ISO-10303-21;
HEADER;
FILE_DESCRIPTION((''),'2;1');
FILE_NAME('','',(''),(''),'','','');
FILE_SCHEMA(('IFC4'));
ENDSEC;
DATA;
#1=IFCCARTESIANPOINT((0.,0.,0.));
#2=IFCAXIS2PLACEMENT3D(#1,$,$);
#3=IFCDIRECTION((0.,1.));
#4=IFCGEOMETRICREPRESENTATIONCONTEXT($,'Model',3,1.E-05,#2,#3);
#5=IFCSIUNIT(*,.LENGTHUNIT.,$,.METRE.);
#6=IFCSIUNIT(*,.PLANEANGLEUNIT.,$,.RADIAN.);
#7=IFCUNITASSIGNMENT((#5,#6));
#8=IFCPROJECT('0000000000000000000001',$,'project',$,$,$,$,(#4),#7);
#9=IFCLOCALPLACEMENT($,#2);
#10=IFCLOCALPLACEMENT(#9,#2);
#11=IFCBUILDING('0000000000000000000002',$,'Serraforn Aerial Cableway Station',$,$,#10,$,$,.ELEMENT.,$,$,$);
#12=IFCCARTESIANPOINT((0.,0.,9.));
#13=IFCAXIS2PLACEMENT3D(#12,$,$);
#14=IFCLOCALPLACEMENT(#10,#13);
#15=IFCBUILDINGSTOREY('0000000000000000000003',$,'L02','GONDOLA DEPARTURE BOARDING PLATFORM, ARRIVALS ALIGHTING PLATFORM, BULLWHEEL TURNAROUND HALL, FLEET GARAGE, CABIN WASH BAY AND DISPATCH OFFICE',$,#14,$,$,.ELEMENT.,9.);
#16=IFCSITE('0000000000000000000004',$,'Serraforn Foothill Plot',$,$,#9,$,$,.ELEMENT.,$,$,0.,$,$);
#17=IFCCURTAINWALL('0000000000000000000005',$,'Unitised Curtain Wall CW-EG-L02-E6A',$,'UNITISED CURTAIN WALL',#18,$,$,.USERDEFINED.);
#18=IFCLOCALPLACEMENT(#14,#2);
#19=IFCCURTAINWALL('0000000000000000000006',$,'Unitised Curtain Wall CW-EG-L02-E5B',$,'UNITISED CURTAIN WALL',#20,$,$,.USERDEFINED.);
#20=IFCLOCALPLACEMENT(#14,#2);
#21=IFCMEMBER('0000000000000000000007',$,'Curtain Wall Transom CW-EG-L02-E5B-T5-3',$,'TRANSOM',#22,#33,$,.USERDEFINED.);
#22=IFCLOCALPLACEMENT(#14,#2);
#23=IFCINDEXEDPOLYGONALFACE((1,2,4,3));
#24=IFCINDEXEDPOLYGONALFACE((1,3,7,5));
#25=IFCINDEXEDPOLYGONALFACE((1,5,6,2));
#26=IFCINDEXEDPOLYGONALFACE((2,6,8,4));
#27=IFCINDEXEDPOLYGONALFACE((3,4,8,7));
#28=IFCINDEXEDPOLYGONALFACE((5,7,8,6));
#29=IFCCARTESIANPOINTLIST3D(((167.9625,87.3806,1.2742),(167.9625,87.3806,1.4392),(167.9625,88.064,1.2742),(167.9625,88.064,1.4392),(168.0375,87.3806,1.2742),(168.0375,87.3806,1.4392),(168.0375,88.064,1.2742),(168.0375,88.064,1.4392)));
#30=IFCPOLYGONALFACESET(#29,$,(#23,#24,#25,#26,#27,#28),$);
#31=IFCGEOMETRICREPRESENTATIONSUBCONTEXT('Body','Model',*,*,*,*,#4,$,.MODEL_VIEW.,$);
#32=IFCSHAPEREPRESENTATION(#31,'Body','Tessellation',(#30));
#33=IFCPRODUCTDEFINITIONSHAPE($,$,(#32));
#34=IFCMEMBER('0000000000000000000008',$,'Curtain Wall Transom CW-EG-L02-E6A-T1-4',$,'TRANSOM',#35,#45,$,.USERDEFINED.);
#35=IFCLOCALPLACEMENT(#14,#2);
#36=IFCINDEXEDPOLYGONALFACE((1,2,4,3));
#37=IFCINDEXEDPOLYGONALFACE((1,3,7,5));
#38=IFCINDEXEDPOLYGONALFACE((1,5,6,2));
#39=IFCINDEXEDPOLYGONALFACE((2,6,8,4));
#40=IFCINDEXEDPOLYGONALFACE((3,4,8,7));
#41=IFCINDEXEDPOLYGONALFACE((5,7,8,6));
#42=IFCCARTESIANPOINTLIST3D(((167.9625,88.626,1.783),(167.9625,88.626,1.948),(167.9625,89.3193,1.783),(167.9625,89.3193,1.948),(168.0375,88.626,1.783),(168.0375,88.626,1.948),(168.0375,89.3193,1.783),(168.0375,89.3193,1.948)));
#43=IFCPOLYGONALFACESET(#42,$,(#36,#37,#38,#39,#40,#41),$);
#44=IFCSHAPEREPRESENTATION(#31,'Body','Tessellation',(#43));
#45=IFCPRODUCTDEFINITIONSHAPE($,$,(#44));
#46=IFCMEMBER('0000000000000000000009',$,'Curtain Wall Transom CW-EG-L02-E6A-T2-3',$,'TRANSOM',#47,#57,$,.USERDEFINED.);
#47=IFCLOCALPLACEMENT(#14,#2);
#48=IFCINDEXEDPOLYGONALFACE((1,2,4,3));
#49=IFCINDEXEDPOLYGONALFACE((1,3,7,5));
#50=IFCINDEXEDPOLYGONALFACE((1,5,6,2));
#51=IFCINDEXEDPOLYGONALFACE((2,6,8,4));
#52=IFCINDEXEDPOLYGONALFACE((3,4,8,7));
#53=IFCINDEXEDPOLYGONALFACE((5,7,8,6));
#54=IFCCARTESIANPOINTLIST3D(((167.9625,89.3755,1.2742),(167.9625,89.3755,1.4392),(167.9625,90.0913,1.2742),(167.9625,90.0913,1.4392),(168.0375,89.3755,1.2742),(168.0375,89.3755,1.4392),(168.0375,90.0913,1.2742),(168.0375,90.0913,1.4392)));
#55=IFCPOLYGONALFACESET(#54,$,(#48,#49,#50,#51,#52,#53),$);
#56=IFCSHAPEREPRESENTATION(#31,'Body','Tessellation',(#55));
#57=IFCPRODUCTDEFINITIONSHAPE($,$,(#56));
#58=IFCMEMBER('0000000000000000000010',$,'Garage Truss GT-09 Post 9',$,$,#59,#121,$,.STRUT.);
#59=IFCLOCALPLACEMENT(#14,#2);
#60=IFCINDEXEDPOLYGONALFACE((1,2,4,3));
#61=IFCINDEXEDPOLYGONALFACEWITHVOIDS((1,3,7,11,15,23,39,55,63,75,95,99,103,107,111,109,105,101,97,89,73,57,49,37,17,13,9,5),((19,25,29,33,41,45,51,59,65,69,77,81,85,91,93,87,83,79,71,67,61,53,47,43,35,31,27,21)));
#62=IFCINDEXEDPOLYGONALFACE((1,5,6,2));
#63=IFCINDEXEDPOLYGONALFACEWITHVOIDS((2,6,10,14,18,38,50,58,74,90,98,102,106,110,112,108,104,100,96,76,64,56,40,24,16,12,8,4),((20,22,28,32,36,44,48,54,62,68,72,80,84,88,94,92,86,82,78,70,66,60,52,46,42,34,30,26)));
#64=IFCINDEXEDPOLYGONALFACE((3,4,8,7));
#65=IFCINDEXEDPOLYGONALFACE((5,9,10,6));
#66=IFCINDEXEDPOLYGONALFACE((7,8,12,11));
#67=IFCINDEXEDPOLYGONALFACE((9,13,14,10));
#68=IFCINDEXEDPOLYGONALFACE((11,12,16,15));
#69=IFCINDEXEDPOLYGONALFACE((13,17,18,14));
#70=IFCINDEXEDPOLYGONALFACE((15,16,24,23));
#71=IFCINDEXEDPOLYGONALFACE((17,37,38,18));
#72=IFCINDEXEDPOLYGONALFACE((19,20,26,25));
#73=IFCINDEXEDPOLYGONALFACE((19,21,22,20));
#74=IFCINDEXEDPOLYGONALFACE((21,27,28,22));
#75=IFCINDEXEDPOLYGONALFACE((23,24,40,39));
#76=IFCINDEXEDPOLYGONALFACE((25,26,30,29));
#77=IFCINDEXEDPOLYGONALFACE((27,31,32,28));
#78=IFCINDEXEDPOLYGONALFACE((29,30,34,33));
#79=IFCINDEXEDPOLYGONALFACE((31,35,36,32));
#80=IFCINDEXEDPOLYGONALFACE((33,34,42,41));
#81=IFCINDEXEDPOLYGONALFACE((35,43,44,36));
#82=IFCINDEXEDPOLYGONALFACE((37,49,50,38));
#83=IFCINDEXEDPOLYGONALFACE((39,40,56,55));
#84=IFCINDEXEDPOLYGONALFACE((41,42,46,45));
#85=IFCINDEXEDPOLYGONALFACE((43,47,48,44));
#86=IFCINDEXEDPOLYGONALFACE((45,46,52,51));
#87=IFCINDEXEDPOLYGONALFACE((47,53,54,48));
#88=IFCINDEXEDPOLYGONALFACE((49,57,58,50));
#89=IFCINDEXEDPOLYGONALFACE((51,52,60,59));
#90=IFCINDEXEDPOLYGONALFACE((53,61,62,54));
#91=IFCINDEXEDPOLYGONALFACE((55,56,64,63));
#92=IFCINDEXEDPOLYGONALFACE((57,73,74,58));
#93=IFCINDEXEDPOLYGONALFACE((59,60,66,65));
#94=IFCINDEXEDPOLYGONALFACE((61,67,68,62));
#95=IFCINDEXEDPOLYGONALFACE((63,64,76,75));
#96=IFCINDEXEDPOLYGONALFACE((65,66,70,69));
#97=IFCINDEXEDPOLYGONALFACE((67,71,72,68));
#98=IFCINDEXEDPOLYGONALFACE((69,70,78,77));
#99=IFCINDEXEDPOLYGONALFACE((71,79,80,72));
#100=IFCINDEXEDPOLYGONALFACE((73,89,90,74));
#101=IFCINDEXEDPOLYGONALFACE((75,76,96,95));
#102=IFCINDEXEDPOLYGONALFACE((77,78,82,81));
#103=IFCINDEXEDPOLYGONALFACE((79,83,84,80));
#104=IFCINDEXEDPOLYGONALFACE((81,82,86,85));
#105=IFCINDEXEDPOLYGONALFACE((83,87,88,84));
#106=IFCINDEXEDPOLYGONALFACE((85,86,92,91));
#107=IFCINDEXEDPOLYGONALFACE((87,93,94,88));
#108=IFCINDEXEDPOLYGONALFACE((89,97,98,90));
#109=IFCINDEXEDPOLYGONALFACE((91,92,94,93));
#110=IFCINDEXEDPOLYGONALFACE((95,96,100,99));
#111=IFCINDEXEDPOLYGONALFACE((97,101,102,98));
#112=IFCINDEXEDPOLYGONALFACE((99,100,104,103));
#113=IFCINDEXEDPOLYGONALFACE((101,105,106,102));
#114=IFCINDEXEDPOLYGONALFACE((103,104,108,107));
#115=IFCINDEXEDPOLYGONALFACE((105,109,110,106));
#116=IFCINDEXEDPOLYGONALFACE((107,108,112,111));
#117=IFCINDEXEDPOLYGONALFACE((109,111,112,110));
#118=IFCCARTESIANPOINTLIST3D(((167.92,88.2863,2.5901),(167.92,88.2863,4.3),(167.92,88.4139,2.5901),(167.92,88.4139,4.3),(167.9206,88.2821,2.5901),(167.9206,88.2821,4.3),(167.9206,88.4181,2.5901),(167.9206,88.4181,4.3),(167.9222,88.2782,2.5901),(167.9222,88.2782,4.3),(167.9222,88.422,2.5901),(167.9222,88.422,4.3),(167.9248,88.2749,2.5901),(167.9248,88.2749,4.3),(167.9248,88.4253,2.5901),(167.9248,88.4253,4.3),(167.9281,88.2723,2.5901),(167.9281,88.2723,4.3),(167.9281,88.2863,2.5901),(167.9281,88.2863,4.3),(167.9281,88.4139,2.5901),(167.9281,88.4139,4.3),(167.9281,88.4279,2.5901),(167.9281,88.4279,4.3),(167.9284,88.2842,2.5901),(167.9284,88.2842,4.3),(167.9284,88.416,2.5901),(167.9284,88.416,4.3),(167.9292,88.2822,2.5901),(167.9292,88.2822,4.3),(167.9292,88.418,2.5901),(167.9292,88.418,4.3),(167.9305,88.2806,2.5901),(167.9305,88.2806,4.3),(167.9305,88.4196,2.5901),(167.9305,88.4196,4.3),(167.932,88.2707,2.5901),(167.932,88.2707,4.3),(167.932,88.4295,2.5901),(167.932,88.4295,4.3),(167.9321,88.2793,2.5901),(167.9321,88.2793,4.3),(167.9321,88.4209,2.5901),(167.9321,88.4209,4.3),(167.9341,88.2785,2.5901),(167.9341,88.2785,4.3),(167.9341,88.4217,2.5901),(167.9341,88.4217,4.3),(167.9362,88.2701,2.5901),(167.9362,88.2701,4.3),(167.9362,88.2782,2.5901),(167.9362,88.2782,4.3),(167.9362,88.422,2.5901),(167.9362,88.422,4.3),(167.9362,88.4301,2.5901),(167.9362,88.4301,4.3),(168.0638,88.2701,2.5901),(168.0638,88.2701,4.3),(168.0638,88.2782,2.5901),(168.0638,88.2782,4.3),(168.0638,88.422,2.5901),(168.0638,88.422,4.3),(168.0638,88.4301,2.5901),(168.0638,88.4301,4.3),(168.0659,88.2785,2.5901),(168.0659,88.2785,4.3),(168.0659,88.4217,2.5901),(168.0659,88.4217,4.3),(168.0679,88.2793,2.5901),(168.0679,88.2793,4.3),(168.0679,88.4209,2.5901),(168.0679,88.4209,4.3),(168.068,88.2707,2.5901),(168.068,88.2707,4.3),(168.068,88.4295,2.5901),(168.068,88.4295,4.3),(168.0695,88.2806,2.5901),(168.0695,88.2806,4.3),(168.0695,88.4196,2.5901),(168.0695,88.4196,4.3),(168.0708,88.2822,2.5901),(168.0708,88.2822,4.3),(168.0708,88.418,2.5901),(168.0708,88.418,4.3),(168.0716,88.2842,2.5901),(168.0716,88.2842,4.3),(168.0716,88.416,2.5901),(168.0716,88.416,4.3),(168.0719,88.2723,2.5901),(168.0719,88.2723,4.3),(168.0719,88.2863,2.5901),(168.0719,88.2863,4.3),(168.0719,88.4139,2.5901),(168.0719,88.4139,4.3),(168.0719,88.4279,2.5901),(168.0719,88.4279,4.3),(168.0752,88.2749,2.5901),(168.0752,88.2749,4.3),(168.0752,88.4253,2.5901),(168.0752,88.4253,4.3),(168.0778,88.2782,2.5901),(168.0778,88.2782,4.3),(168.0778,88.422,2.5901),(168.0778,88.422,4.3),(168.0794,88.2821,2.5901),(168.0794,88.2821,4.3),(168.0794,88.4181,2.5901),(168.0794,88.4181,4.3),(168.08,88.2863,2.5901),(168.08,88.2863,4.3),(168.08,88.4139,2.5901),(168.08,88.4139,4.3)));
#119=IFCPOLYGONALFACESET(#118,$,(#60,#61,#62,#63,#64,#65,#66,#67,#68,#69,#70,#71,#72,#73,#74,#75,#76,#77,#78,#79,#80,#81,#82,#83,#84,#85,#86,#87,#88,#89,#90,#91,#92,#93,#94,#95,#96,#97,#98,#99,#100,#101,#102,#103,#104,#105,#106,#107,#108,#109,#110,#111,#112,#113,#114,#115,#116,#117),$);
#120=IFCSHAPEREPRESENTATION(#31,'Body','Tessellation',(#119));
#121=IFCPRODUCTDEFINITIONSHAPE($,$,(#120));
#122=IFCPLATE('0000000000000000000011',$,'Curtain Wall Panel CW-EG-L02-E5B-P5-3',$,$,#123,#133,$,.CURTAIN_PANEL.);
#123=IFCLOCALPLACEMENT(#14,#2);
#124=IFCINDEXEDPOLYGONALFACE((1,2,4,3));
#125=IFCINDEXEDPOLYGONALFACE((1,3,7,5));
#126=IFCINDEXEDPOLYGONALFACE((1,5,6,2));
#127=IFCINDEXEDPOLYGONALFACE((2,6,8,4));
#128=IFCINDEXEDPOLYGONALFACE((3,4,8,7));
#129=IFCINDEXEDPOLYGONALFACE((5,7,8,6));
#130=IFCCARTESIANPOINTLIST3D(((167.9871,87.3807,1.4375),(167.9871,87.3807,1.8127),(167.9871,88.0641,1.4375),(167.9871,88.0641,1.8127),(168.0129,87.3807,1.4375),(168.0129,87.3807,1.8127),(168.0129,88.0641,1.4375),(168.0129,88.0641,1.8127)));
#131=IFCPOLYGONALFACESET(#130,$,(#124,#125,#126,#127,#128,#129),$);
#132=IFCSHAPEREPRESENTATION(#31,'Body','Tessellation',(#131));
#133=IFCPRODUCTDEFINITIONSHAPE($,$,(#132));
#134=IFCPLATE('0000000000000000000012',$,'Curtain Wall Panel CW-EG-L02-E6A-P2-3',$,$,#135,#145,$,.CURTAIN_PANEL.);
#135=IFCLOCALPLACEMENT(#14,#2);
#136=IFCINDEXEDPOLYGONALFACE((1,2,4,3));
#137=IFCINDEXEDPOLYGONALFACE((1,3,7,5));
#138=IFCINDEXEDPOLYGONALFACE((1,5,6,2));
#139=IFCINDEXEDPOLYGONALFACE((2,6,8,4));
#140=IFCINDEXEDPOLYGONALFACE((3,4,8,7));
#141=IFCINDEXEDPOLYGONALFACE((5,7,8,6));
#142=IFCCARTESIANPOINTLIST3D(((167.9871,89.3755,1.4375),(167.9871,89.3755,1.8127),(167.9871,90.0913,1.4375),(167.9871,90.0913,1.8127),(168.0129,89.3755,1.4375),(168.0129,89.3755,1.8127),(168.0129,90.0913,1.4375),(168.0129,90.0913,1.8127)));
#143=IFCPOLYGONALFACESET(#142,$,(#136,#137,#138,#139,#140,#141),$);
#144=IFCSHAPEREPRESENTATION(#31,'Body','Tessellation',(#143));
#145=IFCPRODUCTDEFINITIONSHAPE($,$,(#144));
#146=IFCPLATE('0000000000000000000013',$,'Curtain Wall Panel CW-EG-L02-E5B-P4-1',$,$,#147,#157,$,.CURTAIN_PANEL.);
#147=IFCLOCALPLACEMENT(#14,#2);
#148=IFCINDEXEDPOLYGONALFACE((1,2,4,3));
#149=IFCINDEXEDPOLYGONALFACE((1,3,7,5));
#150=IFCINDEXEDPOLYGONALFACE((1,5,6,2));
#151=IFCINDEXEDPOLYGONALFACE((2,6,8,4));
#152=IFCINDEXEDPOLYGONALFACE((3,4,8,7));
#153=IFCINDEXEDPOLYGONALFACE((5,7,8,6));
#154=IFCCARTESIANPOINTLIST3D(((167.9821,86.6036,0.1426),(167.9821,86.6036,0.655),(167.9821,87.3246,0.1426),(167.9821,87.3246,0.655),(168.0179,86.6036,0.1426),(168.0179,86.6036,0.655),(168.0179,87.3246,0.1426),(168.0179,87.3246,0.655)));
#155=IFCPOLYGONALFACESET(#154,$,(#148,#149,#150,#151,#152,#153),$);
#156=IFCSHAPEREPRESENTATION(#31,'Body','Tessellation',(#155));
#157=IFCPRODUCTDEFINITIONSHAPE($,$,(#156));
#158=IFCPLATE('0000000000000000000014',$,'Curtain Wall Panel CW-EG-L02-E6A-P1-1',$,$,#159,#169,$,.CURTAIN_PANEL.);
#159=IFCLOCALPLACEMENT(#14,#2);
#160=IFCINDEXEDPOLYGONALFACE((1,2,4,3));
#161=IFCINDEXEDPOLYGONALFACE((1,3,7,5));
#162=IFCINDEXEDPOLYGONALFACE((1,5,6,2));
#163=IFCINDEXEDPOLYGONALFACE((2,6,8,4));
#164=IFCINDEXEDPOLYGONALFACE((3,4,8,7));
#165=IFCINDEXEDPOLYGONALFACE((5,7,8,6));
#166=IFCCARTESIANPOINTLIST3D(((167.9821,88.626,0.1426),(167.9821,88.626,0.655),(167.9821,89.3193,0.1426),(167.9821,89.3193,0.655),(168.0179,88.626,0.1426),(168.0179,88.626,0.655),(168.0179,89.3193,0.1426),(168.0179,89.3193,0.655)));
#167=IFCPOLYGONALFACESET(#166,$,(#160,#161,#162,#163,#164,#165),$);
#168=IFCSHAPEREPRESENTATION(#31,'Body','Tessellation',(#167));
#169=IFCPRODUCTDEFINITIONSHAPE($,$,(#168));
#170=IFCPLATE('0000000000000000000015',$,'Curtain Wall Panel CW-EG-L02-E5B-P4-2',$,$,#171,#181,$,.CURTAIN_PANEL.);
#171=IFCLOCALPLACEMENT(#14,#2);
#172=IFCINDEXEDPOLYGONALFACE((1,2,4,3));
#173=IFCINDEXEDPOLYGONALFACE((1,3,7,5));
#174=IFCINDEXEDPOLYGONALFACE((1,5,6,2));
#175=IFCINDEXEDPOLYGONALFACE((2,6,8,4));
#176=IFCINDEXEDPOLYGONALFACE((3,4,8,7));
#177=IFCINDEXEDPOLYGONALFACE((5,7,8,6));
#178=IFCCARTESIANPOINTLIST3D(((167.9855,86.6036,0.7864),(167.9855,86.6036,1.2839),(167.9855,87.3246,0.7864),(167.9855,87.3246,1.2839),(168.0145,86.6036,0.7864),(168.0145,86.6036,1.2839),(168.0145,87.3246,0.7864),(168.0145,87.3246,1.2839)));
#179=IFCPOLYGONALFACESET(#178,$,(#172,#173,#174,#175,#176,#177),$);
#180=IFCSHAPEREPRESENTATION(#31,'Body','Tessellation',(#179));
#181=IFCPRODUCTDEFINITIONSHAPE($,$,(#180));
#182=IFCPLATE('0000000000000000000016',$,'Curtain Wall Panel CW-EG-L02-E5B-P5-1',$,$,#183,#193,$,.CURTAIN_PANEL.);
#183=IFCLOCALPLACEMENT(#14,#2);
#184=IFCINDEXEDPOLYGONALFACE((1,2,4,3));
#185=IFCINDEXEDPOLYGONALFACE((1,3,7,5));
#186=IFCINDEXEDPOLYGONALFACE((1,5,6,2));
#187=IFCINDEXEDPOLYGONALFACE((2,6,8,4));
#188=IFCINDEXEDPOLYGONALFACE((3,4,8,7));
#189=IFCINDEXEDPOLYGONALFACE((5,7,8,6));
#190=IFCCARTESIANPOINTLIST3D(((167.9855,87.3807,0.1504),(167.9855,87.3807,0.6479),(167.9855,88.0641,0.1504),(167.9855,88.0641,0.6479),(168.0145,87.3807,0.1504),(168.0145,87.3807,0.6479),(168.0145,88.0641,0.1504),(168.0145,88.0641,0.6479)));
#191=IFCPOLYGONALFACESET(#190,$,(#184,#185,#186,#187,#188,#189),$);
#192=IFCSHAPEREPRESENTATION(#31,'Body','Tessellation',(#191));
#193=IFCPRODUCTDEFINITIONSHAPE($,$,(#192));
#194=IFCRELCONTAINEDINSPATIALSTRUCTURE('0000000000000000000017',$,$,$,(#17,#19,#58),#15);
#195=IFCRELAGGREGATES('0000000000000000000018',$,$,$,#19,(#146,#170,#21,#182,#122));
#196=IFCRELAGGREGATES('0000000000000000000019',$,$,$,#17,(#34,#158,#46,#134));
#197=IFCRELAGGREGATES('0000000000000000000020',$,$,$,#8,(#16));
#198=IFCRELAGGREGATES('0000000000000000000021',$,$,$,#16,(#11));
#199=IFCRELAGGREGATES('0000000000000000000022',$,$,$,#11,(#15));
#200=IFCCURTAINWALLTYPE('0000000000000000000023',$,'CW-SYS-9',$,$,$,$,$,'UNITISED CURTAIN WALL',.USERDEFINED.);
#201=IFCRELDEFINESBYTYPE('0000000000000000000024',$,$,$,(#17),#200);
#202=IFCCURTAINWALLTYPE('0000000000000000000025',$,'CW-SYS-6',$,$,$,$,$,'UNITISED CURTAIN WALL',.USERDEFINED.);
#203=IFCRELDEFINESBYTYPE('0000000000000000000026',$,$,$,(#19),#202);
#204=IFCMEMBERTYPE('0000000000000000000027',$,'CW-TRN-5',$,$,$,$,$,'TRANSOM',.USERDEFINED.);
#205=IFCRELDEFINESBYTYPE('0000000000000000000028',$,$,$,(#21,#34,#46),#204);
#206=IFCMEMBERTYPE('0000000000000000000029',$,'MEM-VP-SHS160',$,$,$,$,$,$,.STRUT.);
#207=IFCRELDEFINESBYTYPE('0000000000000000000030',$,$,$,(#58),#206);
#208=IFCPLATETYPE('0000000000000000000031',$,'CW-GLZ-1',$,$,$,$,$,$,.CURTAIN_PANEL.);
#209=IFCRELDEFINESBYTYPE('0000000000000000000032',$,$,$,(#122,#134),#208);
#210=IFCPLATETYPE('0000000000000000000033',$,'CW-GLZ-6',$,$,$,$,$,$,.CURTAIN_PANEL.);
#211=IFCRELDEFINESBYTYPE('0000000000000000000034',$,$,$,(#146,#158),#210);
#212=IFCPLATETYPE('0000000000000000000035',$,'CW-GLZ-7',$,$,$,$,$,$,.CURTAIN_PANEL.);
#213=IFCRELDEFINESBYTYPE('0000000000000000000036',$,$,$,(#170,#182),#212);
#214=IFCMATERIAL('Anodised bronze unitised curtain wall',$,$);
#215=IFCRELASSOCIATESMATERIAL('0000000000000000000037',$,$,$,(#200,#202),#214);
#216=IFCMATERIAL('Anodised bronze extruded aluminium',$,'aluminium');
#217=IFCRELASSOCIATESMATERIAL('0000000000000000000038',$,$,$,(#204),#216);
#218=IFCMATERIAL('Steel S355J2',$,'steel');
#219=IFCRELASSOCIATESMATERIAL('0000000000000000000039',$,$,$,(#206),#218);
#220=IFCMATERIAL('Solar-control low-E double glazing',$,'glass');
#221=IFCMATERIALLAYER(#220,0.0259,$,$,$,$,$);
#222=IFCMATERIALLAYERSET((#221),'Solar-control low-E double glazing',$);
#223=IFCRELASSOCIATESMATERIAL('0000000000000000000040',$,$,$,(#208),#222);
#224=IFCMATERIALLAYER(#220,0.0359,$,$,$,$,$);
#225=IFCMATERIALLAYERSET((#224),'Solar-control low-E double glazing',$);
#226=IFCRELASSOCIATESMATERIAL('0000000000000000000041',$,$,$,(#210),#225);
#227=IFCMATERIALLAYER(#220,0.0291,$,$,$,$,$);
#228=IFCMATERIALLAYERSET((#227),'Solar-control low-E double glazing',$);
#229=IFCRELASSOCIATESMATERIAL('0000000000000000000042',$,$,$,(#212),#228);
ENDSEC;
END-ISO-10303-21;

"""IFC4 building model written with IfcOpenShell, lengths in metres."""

from ifc_helpers import new_model, si_unit, direction, frame, origin, origin_2d, place, context, subcontext, project, spatial, rectangle, hollow_rectangle, extrude, material, layer, layer_set, material_profile, profile_set, type_object, element, aggregate, save


model = new_model("IFC4")

# Units and contexts
model_context = context("Model", 3, precision=1e-05, world=origin(), true_north=direction((0.0, 1.0)))
body_context = subcontext(model_context, "Body", "Model", "MODEL_VIEW")
ifc_project = project(units=[si_unit("LENGTHUNIT", "METRE"), si_unit("PLANEANGLEUNIT", "RADIAN")], contexts=[model_context])

# Site, building, storey
site_placement = place(None, origin())
site = spatial("IfcSite", under=ifc_project, at=site_placement, Name="Serraforn Foothill Plot", CompositionType="ELEMENT", RefElevation=0.0)
building_placement = place(site_placement, origin())
building = spatial("IfcBuilding", under=site, at=building_placement, Name="Serraforn Aerial Cableway Station", CompositionType="ELEMENT")
storey_placement = place(building_placement, frame((0.0, 0.0, 9.0)))
storey = spatial("IfcBuildingStorey", under=building, at=storey_placement, Name="L02", Description="GONDOLA DEPARTURE BOARDING PLATFORM, ARRIVALS ALIGHTING PLATFORM, BULLWHEEL TURNAROUND HALL, FLEET GARAGE, CABIN WASH BAY AND DISPATCH OFFICE", CompositionType="ELEMENT", Elevation=9.0)

# Shared definitions
ifc_material_1 = material(Name="Steel S355J2", Category="steel")

# Curtain walls
ifc_material_2 = material(Name="Anodised bronze unitised curtain wall")
curtain_wall_type_1 = type_object("IfcCurtainWallType", Name="CW-SYS-9", ElementType="UNITISED CURTAIN WALL", PredefinedType="USERDEFINED", material=ifc_material_2)
curtain_wall_1_placement = place(storey_placement, origin())
curtain_wall_1 = element("IfcCurtainWall", 1, at=curtain_wall_1_placement, inside=storey, type_object=curtain_wall_type_1, Name="Unitised Curtain Wall CW-EG-L02-E6A", ObjectType="UNITISED CURTAIN WALL", PredefinedType="USERDEFINED")
ifc_material_3 = material(Name="Anodised bronze extruded aluminium", Category="aluminium")
curtain_wall_type_2 = type_object("IfcCurtainWallType", Name="CW-SYS-6", ElementType="UNITISED CURTAIN WALL", PredefinedType="USERDEFINED", material=ifc_material_2)
curtain_wall_2_placement = place(storey_placement, origin())
curtain_wall_2 = element("IfcCurtainWall", 2, at=curtain_wall_2_placement, inside=storey, type_object=curtain_wall_type_2, Name="Unitised Curtain Wall CW-EG-L02-E5B", ObjectType="UNITISED CURTAIN WALL", PredefinedType="USERDEFINED")

# Members
ifc_material_profile_1 = material_profile(ifc_material_3, rectangle(XDim=0.075, YDim=0.165, at=origin_2d()), Name="CW TRANSOM 75x165")
ifc_profile_set_1 = profile_set([ifc_material_profile_1], Name="Anodised bronze extruded aluminium")
member_type_1 = type_object("IfcMemberType", Name="CW-TRN-5", ElementType="TRANSOM", PredefinedType="USERDEFINED", material=ifc_profile_set_1)
member_1_placement = place(storey_placement, frame((168.0, 87.3806, 1.3567), z_axis=(0.0, 1.0, 0.0), x_axis=(-1.0, 0.0, 0.0)))
member_1 = element("IfcMember", 3, at=member_1_placement, type_object=member_type_1, Name="Curtain Wall Transom CW-EG-L02-E5B-T5-3", ObjectType="TRANSOM", PredefinedType="USERDEFINED", context=body_context, shape_type="SweptSolid", body=[
    extrude(rectangle(XDim=0.075, YDim=0.165, at=origin_2d()), origin(), (0.0, 0.0, 1.0), 0.6833),
])
member_2_placement = place(storey_placement, frame((168.0, 88.626, 1.8655), z_axis=(0.0, 1.0, 0.0), x_axis=(-1.0, 0.0, 0.0)))
member_2 = element("IfcMember", 4, at=member_2_placement, type_object=member_type_1, Name="Curtain Wall Transom CW-EG-L02-E6A-T1-4", ObjectType="TRANSOM", PredefinedType="USERDEFINED", context=body_context, shape_type="SweptSolid", body=[
    extrude(rectangle(XDim=0.075, YDim=0.165, at=origin_2d()), origin(), (0.0, 0.0, 1.0), 0.6934),
])
member_3_placement = place(storey_placement, frame((168.0, 89.3755, 1.3567), z_axis=(0.0, 1.0, 0.0), x_axis=(-1.0, 0.0, 0.0)))
member_3 = element("IfcMember", 5, at=member_3_placement, type_object=member_type_1, Name="Curtain Wall Transom CW-EG-L02-E6A-T2-3", ObjectType="TRANSOM", PredefinedType="USERDEFINED", context=body_context, shape_type="SweptSolid", body=[
    extrude(rectangle(XDim=0.075, YDim=0.165, at=origin_2d()), origin(), (0.0, 0.0, 1.0), 0.7158),
])
ifc_material_profile_2 = material_profile(ifc_material_1, hollow_rectangle(XDim=0.1599, YDim=0.1599, WallThickness=0.0081, InnerFilletRadius=0.0081, OuterFilletRadius=0.0161, at=origin_2d()), Name="SHS 160x160x8.0")
ifc_profile_set_2 = profile_set([ifc_material_profile_2], Name="Steel S355J2")
member_type_2 = type_object("IfcMemberType", Name="MEM-VP-SHS160", PredefinedType="STRUT", material=ifc_profile_set_2)
member_4_placement = place(storey_placement, frame((168.0, 88.3501, 2.5901), z_axis=(0.0, 0.0, 1.0), x_axis=(1.0, 0.0, 0.0)))
element("IfcMember", 6, at=member_4_placement, inside=storey, type_object=member_type_2, Name="Garage Truss GT-09 Post 9", PredefinedType="STRUT", context=body_context, shape_type="SweptSolid", body=[
    extrude(hollow_rectangle(XDim=0.1599, YDim=0.1599, WallThickness=0.0081, InnerFilletRadius=0.0081, OuterFilletRadius=0.0161, at=origin_2d()), origin(), (0.0, 0.0, 1.0), 1.71),
])

# Plates
ifc_material_4 = material(Name="Solar-control low-E double glazing", Category="glass")
ifc_layer_1 = layer(ifc_material_4, 0.0259)
ifc_layer_set_1 = layer_set([ifc_layer_1], Name="Solar-control low-E double glazing")
plate_type_1 = type_object("IfcPlateType", Name="CW-GLZ-1", PredefinedType="CURTAIN_PANEL", material=ifc_layer_set_1)
plate_1_placement = place(storey_placement, frame((168.0, 87.7224, 1.4375), z_axis=(0.0, 0.0, 1.0), x_axis=(1.0, 0.0, 0.0)))
plate_1 = element("IfcPlate", 7, at=plate_1_placement, type_object=plate_type_1, Name="Curtain Wall Panel CW-EG-L02-E5B-P5-3", PredefinedType="CURTAIN_PANEL", context=body_context, shape_type="SweptSolid", body=[
    extrude(rectangle(XDim=0.0259, YDim=0.6833, at=origin_2d()), origin(), (0.0, 0.0, 1.0), 0.3752),
])
plate_2_placement = place(storey_placement, frame((168.0, 89.7334, 1.4375), z_axis=(0.0, 0.0, 1.0), x_axis=(1.0, 0.0, 0.0)))
plate_2 = element("IfcPlate", 8, at=plate_2_placement, type_object=plate_type_1, Name="Curtain Wall Panel CW-EG-L02-E6A-P2-3", PredefinedType="CURTAIN_PANEL", context=body_context, shape_type="SweptSolid", body=[
    extrude(rectangle(XDim=0.0259, YDim=0.7158, at=origin_2d()), origin(), (0.0, 0.0, 1.0), 0.3752),
])
ifc_layer_2 = layer(ifc_material_4, 0.0359)
ifc_layer_set_2 = layer_set([ifc_layer_2], Name="Solar-control low-E double glazing")
plate_type_2 = type_object("IfcPlateType", Name="CW-GLZ-6", PredefinedType="CURTAIN_PANEL", material=ifc_layer_set_2)
plate_3_placement = place(storey_placement, frame((168.0, 86.9641, 0.1426), z_axis=(0.0, 0.0, 1.0), x_axis=(1.0, 0.0, 0.0)))
plate_3 = element("IfcPlate", 9, at=plate_3_placement, type_object=plate_type_2, Name="Curtain Wall Panel CW-EG-L02-E5B-P4-1", PredefinedType="CURTAIN_PANEL", context=body_context, shape_type="SweptSolid", body=[
    extrude(rectangle(XDim=0.0359, YDim=0.7209, at=origin_2d()), origin(), (0.0, 0.0, 1.0), 0.5125),
])
plate_4_placement = place(storey_placement, frame((168.0, 88.9727, 0.1426), z_axis=(0.0, 0.0, 1.0), x_axis=(1.0, 0.0, 0.0)))
plate_4 = element("IfcPlate", 10, at=plate_4_placement, type_object=plate_type_2, Name="Curtain Wall Panel CW-EG-L02-E6A-P1-1", PredefinedType="CURTAIN_PANEL", context=body_context, shape_type="SweptSolid", body=[
    extrude(rectangle(XDim=0.0359, YDim=0.6934, at=origin_2d()), origin(), (0.0, 0.0, 1.0), 0.5125),
])
ifc_layer_3 = layer(ifc_material_4, 0.0291)
ifc_layer_set_3 = layer_set([ifc_layer_3], Name="Solar-control low-E double glazing")
plate_type_3 = type_object("IfcPlateType", Name="CW-GLZ-7", PredefinedType="CURTAIN_PANEL", material=ifc_layer_set_3)
plate_5_placement = place(storey_placement, frame((168.0, 86.9641, 0.7864), z_axis=(0.0, 0.0, 1.0), x_axis=(1.0, 0.0, 0.0)))
plate_5 = element("IfcPlate", 11, at=plate_5_placement, type_object=plate_type_3, Name="Curtain Wall Panel CW-EG-L02-E5B-P4-2", PredefinedType="CURTAIN_PANEL", context=body_context, shape_type="SweptSolid", body=[
    extrude(rectangle(XDim=0.0291, YDim=0.7209, at=origin_2d()), origin(), (0.0, 0.0, 1.0), 0.4976),
])
plate_6_placement = place(storey_placement, frame((168.0, 87.7224, 0.1504), z_axis=(0.0, 0.0, 1.0), x_axis=(1.0, 0.0, 0.0)))
plate_6 = element("IfcPlate", 12, at=plate_6_placement, type_object=plate_type_3, Name="Curtain Wall Panel CW-EG-L02-E5B-P5-1", PredefinedType="CURTAIN_PANEL", context=body_context, shape_type="SweptSolid", body=[
    extrude(rectangle(XDim=0.0291, YDim=0.6833, at=origin_2d()), origin(), (0.0, 0.0, 1.0), 0.4976),
])
aggregate(curtain_wall_2, [plate_3, plate_5, member_1, plate_6, plate_1])
aggregate(curtain_wall_1, [member_2, plate_4, member_3, plate_2])

save(model, "model.ifc")
